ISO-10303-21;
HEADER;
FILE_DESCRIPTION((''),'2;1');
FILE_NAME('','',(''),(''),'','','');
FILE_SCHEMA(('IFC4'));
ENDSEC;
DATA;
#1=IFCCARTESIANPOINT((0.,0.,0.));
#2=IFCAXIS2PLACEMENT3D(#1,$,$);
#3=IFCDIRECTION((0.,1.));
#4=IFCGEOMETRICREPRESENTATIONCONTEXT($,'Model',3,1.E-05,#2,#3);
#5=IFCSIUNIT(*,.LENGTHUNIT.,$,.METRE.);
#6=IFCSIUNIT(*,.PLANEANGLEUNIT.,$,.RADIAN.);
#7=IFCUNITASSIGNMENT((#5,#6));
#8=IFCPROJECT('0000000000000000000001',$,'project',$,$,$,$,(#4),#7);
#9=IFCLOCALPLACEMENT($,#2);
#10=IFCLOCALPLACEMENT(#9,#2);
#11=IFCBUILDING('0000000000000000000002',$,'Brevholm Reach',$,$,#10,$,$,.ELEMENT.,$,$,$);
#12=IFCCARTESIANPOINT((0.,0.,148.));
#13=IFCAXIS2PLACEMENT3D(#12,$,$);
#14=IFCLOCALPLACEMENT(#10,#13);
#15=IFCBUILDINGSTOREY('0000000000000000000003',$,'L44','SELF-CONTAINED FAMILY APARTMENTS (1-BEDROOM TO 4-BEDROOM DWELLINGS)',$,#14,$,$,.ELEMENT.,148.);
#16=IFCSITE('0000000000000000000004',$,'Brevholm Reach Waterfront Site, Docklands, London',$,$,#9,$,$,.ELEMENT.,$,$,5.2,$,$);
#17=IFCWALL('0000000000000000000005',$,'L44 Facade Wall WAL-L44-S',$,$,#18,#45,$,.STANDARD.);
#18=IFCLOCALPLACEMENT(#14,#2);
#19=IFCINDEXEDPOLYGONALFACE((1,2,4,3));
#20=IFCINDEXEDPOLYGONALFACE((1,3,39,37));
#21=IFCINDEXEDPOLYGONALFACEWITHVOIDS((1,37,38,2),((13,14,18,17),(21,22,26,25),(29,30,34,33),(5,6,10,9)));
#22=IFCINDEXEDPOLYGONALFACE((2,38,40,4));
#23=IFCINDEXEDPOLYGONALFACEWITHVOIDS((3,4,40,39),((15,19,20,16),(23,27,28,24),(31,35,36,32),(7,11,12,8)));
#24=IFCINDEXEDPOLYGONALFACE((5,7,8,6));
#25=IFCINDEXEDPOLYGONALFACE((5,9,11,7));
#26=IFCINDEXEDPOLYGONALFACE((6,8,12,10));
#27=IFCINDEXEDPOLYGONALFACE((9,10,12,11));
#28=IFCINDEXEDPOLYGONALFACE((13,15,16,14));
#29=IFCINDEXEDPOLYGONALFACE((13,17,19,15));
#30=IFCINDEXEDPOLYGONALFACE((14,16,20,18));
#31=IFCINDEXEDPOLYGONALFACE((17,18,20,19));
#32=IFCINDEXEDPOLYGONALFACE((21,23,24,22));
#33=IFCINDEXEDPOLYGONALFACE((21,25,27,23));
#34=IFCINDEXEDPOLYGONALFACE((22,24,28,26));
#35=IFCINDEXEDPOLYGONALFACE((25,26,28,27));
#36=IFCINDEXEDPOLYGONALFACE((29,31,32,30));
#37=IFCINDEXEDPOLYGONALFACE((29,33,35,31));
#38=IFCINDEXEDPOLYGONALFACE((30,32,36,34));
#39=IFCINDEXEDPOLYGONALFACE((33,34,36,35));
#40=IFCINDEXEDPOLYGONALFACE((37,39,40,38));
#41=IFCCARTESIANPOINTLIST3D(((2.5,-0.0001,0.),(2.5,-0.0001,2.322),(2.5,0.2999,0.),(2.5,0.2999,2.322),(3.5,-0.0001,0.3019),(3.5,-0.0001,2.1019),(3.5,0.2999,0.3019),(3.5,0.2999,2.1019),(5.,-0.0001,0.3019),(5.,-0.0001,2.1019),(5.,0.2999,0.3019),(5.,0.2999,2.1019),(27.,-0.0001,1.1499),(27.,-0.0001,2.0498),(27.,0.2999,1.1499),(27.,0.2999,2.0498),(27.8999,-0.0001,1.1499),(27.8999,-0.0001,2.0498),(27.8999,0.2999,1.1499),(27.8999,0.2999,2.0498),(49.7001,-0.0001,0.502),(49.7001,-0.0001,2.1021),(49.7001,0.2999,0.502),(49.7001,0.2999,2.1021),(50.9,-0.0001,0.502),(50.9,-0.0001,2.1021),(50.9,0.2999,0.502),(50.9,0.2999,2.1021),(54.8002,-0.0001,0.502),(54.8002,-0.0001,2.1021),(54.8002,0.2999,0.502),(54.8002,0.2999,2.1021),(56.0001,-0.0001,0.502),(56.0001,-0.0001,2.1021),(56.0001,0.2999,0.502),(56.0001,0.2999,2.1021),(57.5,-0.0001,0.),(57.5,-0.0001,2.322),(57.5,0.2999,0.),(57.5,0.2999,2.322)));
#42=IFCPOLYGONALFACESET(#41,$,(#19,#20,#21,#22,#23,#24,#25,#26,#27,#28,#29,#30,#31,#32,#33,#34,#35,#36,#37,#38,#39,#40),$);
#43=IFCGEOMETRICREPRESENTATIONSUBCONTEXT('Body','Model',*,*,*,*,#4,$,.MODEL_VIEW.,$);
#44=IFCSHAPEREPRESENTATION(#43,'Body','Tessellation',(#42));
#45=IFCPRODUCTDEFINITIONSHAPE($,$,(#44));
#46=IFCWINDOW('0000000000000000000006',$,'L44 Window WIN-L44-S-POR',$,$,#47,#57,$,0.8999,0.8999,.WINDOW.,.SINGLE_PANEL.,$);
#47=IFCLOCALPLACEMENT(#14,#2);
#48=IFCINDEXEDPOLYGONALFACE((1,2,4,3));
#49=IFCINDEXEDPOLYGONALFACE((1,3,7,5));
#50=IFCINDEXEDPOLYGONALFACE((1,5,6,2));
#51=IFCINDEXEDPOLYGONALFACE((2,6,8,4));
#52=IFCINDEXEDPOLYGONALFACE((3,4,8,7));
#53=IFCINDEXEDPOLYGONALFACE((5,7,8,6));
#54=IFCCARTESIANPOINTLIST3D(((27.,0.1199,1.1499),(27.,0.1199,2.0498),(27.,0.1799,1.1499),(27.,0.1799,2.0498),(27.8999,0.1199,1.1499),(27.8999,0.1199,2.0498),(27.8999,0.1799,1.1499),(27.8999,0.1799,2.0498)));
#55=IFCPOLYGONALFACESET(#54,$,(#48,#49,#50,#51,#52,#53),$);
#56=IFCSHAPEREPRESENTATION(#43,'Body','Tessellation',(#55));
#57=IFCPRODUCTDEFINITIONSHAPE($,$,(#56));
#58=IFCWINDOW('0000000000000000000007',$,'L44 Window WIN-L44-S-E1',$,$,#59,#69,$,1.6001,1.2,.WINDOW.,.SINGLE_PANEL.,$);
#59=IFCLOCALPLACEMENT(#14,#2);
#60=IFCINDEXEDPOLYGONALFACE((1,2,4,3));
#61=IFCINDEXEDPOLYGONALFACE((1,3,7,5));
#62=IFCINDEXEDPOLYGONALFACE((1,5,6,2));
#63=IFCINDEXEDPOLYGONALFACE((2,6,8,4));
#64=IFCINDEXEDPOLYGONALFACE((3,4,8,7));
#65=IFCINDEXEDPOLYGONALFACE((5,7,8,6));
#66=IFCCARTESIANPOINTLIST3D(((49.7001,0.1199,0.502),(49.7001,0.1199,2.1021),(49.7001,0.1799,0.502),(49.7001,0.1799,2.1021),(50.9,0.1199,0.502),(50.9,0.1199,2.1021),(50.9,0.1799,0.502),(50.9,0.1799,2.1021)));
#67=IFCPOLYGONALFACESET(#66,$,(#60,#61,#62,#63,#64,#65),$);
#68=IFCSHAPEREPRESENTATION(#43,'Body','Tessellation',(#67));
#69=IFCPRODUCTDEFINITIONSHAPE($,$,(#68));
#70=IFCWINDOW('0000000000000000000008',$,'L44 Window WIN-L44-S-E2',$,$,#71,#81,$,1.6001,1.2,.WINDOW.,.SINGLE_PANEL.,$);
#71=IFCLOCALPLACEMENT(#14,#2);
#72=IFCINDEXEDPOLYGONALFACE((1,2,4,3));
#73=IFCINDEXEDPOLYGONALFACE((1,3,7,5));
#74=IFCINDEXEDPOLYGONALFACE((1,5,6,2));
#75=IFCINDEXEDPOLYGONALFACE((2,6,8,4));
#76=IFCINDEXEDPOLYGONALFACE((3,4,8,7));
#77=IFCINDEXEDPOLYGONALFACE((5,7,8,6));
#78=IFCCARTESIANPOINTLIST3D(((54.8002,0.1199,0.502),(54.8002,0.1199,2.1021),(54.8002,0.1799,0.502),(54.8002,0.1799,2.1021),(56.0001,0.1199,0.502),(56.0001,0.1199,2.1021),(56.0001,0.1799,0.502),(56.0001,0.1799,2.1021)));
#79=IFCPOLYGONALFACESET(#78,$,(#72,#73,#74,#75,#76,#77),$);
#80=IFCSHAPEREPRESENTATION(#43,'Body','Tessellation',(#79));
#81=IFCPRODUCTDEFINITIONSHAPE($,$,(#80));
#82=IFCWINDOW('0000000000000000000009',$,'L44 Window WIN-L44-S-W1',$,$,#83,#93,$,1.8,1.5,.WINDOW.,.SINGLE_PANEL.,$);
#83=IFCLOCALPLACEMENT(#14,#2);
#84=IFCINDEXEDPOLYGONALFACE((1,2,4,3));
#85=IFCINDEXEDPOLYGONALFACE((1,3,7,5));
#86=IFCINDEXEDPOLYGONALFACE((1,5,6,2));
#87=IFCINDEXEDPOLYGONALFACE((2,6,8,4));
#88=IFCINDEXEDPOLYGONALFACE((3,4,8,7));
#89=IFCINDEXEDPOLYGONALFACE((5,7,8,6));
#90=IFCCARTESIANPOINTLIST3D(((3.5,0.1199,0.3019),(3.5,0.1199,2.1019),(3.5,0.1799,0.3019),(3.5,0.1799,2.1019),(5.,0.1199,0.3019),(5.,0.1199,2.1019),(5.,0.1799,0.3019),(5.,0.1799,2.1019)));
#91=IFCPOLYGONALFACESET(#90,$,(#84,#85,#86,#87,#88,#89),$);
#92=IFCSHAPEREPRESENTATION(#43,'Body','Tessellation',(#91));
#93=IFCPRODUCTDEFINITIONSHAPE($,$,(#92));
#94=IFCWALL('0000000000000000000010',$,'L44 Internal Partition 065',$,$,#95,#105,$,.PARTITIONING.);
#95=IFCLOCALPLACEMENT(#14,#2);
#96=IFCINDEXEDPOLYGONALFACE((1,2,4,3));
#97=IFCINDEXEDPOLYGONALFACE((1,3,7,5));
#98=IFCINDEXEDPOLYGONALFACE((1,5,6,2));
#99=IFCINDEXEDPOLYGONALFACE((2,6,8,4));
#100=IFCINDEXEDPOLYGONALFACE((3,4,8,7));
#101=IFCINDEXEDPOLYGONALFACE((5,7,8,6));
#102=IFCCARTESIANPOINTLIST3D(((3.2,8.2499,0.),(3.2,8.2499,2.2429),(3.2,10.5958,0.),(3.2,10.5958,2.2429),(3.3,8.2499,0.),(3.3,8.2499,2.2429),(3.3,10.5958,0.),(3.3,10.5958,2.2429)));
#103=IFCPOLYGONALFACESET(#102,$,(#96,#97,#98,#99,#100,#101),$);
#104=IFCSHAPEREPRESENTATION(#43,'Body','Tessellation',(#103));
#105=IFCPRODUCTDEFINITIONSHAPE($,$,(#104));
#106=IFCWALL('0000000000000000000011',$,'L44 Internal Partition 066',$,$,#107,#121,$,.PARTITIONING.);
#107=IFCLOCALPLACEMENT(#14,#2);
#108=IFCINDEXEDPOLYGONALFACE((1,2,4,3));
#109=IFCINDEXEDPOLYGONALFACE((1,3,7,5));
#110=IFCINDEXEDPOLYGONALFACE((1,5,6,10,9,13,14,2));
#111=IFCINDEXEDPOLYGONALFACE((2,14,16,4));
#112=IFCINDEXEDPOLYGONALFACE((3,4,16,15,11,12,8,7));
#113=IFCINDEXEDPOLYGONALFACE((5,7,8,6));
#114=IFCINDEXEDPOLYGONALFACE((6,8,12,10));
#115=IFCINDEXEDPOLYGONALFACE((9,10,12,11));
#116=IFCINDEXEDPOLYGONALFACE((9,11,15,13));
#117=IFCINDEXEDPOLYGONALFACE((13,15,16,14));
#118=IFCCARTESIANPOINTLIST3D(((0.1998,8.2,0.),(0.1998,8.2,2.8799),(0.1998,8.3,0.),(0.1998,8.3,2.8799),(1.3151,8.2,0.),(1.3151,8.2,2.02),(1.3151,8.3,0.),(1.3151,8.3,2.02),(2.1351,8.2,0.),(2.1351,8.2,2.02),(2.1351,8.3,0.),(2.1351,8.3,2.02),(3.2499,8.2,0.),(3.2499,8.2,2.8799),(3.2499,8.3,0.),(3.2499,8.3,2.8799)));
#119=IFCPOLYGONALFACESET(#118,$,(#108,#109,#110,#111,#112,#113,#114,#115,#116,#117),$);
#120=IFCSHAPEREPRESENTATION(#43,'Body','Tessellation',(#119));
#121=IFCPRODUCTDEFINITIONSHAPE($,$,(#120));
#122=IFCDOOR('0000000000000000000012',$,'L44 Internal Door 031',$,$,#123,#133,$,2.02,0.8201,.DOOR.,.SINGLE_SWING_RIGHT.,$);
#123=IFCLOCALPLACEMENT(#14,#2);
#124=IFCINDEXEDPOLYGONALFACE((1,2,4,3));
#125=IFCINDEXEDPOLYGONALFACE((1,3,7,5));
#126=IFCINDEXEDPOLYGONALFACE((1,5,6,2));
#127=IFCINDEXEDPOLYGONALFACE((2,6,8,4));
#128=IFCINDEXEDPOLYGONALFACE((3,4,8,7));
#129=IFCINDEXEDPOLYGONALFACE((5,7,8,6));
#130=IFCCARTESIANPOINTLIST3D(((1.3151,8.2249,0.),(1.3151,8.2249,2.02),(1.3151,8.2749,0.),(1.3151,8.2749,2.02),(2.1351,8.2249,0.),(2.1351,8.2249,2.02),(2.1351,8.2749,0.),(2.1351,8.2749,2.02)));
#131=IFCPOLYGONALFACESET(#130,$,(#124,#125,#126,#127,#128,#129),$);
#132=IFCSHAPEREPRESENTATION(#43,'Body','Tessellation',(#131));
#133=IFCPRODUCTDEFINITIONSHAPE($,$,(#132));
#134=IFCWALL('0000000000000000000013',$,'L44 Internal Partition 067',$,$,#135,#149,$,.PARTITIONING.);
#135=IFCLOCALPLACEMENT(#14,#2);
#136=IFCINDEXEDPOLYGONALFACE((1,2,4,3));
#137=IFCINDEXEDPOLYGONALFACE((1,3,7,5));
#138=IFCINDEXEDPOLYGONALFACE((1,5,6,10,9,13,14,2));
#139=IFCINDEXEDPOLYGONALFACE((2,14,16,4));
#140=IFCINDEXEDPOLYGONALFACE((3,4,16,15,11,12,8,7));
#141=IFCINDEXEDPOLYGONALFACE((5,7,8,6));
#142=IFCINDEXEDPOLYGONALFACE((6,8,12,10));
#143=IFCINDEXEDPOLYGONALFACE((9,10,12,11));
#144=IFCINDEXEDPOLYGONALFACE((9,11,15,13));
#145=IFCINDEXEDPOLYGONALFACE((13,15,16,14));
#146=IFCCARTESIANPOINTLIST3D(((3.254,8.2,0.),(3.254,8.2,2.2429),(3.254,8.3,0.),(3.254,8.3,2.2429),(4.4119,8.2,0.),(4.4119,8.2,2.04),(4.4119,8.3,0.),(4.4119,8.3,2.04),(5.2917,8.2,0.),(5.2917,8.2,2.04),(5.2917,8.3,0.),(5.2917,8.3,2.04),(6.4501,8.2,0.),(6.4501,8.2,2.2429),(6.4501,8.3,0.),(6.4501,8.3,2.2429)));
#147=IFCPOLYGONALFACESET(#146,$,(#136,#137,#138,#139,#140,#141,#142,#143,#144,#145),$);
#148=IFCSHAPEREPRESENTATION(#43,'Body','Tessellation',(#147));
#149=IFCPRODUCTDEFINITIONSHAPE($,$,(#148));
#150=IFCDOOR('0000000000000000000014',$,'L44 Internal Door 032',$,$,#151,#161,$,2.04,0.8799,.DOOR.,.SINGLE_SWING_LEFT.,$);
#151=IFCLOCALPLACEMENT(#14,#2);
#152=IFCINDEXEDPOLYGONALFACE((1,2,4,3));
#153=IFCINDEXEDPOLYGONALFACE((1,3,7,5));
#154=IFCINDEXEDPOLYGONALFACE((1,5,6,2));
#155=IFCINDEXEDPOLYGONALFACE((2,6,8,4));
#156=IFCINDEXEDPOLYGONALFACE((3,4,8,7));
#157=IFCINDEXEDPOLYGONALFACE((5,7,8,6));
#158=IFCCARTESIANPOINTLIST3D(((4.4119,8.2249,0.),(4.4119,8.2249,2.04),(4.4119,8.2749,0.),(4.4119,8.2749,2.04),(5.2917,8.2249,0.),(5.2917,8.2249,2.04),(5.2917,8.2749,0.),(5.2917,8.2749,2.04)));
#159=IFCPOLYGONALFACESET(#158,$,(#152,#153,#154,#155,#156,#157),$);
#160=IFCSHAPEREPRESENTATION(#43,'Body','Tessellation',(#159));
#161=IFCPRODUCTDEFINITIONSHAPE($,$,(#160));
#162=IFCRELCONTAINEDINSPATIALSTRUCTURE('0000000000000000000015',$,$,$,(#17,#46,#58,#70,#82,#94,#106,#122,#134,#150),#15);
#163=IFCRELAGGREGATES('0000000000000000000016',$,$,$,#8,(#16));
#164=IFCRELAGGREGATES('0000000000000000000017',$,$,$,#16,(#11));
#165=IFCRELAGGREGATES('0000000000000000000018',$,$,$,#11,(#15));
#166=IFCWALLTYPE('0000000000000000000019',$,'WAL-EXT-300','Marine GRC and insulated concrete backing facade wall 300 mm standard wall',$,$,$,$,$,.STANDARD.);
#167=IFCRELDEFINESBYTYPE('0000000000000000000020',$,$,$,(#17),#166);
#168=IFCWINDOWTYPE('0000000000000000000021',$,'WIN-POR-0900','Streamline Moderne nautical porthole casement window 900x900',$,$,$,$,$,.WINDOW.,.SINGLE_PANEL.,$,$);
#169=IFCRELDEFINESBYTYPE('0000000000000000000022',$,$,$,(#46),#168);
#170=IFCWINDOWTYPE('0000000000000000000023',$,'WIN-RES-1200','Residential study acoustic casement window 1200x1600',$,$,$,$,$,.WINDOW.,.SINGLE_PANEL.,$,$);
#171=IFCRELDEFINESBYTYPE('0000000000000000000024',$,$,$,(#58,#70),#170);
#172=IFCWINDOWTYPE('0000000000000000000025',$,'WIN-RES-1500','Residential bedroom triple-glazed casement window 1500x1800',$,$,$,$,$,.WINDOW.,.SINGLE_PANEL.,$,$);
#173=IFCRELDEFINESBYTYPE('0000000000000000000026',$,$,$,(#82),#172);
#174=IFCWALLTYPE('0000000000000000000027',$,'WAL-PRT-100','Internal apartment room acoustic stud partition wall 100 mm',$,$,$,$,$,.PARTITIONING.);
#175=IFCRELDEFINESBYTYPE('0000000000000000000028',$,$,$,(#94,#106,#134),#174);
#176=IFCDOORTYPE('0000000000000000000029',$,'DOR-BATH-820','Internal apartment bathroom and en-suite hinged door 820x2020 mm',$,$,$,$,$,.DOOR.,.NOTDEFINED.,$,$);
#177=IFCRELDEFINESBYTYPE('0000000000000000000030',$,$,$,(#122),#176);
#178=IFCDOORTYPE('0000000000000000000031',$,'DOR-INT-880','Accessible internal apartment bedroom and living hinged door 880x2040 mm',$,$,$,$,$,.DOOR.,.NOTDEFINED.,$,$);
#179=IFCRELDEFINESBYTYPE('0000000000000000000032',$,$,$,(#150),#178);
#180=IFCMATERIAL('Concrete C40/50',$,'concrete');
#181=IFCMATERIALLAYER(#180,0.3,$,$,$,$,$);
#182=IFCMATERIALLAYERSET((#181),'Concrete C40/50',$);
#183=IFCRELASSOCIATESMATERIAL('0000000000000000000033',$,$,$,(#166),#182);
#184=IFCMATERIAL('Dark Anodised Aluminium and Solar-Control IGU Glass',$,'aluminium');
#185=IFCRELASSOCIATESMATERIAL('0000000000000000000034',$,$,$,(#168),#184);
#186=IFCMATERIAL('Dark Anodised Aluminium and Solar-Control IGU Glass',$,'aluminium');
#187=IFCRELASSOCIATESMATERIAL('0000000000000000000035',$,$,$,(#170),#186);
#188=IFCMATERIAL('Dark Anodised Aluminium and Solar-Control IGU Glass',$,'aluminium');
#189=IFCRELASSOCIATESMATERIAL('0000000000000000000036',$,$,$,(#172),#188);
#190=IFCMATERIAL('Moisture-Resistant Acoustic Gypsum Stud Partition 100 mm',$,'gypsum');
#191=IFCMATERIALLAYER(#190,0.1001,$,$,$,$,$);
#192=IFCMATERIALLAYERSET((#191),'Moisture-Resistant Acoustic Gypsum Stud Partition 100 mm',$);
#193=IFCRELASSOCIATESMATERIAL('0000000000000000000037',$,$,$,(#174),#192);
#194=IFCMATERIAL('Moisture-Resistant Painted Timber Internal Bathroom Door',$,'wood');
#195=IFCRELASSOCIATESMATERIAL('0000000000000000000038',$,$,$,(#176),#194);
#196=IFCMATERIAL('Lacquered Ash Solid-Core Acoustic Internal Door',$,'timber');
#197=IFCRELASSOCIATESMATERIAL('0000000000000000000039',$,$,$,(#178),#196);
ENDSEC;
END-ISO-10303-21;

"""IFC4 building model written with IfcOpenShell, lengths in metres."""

from ifc_helpers import new_model, si_unit, direction, frame, frame_2d, origin, place, context, subcontext, project, spatial, rectangle, extrude, material, layer, layer_set, type_object, element, fill, save


model = new_model("IFC4")

# Units and contexts
model_context = context("Model", 3, precision=1e-05, world=origin(), true_north=direction((0.0, 1.0)))
body_context = subcontext(model_context, "Body", "Model", "MODEL_VIEW")
ifc_project = project(units=[si_unit("LENGTHUNIT", "METRE"), si_unit("PLANEANGLEUNIT", "RADIAN")], contexts=[model_context])

# Site, building, storey
site_placement = place(None, origin())
site = spatial("IfcSite", under=ifc_project, at=site_placement, Name="Brevholm Reach Waterfront Site, Docklands, London", CompositionType="ELEMENT", RefElevation=5.2)
building_placement = place(site_placement, origin())
building = spatial("IfcBuilding", under=site, at=building_placement, Name="Brevholm Reach", CompositionType="ELEMENT")
storey_placement = place(building_placement, frame((0.0, 0.0, 148.0)))
storey = spatial("IfcBuildingStorey", under=building, at=storey_placement, Name="L44", Description="SELF-CONTAINED FAMILY APARTMENTS (1-BEDROOM TO 4-BEDROOM DWELLINGS)", CompositionType="ELEMENT", Elevation=148.0)

# Shared definitions
ifc_material_1 = material(Name="Concrete C40/50", Category="concrete")
ifc_layer_1 = layer(ifc_material_1, 0.3)
ifc_layer_set_1 = layer_set([ifc_layer_1], Name="Concrete C40/50")
wall_type_1 = type_object("IfcWallType", Name="WAL-EXT-300", Description="Marine GRC and insulated concrete backing facade wall 300 mm standard wall", PredefinedType="STANDARD", material=ifc_layer_set_1)

# Wall, openings, windows
wall_1_placement = place(storey_placement, frame((2.5, 0.1499, 0.0), z_axis=(0.0, 0.0, 1.0), x_axis=(1.0, 0.0, 0.0)))
wall_1 = element("IfcWall", 1, at=wall_1_placement, inside=storey, type_object=wall_type_1, Name="L44 Facade Wall WAL-L44-S", PredefinedType="STANDARD", context=body_context, shape_type="SweptSolid", body=[
    extrude(rectangle(XDim=55.0, YDim=0.3, at=frame_2d((27.5, 0.0))), origin(), (0.0, 0.0, 1.0), 2.322),
])
opening_1_placement = place(wall_1_placement, frame((1.0, 0.0, 0.302)))
opening_1 = element("IfcOpeningElement", 2, at=opening_1_placement, cuts=wall_1, PredefinedType="OPENING", context=body_context, shape_type="SweptSolid", body=[
    extrude(rectangle(XDim=1.5, YDim=1.8, at=frame_2d((0.75, 0.8999))), frame((0.0, 0.1599, 0.0), z_axis=(0.0, -1.0, 0.0), x_axis=(1.0, 0.0, 0.0)), (0.0, 0.0, 1.0), 0.3201),
])
opening_2_placement = place(wall_1_placement, frame((24.5, 0.0, 1.1499)))
opening_2 = element("IfcOpeningElement", 3, at=opening_2_placement, cuts=wall_1, PredefinedType="OPENING", context=body_context, shape_type="SweptSolid", body=[
    extrude(rectangle(XDim=0.8999, YDim=0.8999, at=frame_2d((0.45, 0.45))), frame((0.0, 0.1599, 0.0), z_axis=(0.0, -1.0, 0.0), x_axis=(1.0, 0.0, 0.0)), (0.0, 0.0, 1.0), 0.3201),
])
opening_3_placement = place(wall_1_placement, frame((47.2, 0.0, 0.502)))
opening_3 = element("IfcOpeningElement", 4, at=opening_3_placement, cuts=wall_1, PredefinedType="OPENING", context=body_context, shape_type="SweptSolid", body=[
    extrude(rectangle(XDim=1.2, YDim=1.6001, at=frame_2d((0.6001, 0.8))), frame((0.0, 0.1599, 0.0), z_axis=(0.0, -1.0, 0.0), x_axis=(1.0, 0.0, 0.0)), (0.0, 0.0, 1.0), 0.3201),
])
opening_4_placement = place(wall_1_placement, frame((52.3, 0.0, 0.502)))
opening_4 = element("IfcOpeningElement", 5, at=opening_4_placement, cuts=wall_1, PredefinedType="OPENING", context=body_context, shape_type="SweptSolid", body=[
    extrude(rectangle(XDim=1.2, YDim=1.6001, at=frame_2d((0.6001, 0.8))), frame((0.0, 0.1599, 0.0), z_axis=(0.0, -1.0, 0.0), x_axis=(1.0, 0.0, 0.0)), (0.0, 0.0, 1.0), 0.3201),
])
ifc_material_2 = material(Name="Dark Anodised Aluminium and Solar-Control IGU Glass", Category="aluminium")
window_type_1 = type_object("IfcWindowType", Name="WIN-POR-0900", Description="Streamline Moderne nautical porthole casement window 900x900", PartitioningType="SINGLE_PANEL", PredefinedType="WINDOW", material=ifc_material_2)
window_1_placement = place(opening_2_placement, origin())
window_1 = element("IfcWindow", 6, at=window_1_placement, inside=storey, type_object=window_type_1, Name="L44 Window WIN-L44-S-POR", OverallHeight=0.8999, OverallWidth=0.8999, PartitioningType="SINGLE_PANEL", PredefinedType="WINDOW", context=body_context, shape_type="SweptSolid", body=[
    extrude(rectangle(XDim=0.8999, YDim=0.8999, at=frame_2d((0.45, 0.45))), frame((0.0, 0.03, 0.0), z_axis=(0.0, -1.0, 0.0), x_axis=(1.0, 0.0, 0.0)), (0.0, 0.0, 1.0), 0.0601),
])
fill(opening_2, window_1)
ifc_material_3 = material(Name="Dark Anodised Aluminium and Solar-Control IGU Glass", Category="aluminium")
window_type_2 = type_object("IfcWindowType", Name="WIN-RES-1200", Description="Residential study acoustic casement window 1200x1600", PartitioningType="SINGLE_PANEL", PredefinedType="WINDOW", material=ifc_material_3)
window_2_placement = place(opening_3_placement, origin())
window_2 = element("IfcWindow", 7, at=window_2_placement, inside=storey, type_object=window_type_2, Name="L44 Window WIN-L44-S-E1", OverallHeight=1.6001, OverallWidth=1.2, PartitioningType="SINGLE_PANEL", PredefinedType="WINDOW", context=body_context, shape_type="SweptSolid", body=[
    extrude(rectangle(XDim=1.2, YDim=1.6001, at=frame_2d((0.6001, 0.8))), frame((0.0, 0.03, 0.0), z_axis=(0.0, -1.0, 0.0), x_axis=(1.0, 0.0, 0.0)), (0.0, 0.0, 1.0), 0.0601),
])
fill(opening_3, window_2)
window_3_placement = place(opening_4_placement, origin())
window_3 = element("IfcWindow", 8, at=window_3_placement, inside=storey, type_object=window_type_2, Name="L44 Window WIN-L44-S-E2", OverallHeight=1.6001, OverallWidth=1.2, PartitioningType="SINGLE_PANEL", PredefinedType="WINDOW", context=body_context, shape_type="SweptSolid", body=[
    extrude(rectangle(XDim=1.2, YDim=1.6001, at=frame_2d((0.6001, 0.8))), frame((0.0, 0.03, 0.0), z_axis=(0.0, -1.0, 0.0), x_axis=(1.0, 0.0, 0.0)), (0.0, 0.0, 1.0), 0.0601),
])
fill(opening_4, window_3)
ifc_material_4 = material(Name="Dark Anodised Aluminium and Solar-Control IGU Glass", Category="aluminium")
window_type_3 = type_object("IfcWindowType", Name="WIN-RES-1500", Description="Residential bedroom triple-glazed casement window 1500x1800", PartitioningType="SINGLE_PANEL", PredefinedType="WINDOW", material=ifc_material_4)
window_4_placement = place(opening_1_placement, origin())
window_4 = element("IfcWindow", 9, at=window_4_placement, inside=storey, type_object=window_type_3, Name="L44 Window WIN-L44-S-W1", OverallHeight=1.8, OverallWidth=1.5, PartitioningType="SINGLE_PANEL", PredefinedType="WINDOW", context=body_context, shape_type="SweptSolid", body=[
    extrude(rectangle(XDim=1.5, YDim=1.8, at=frame_2d((0.75, 0.8999))), frame((0.0, 0.03, 0.0), z_axis=(0.0, -1.0, 0.0), x_axis=(1.0, 0.0, 0.0)), (0.0, 0.0, 1.0), 0.0601),
])
fill(opening_1, window_4)

# Wall
ifc_material_5 = material(Name="Moisture-Resistant Acoustic Gypsum Stud Partition 100 mm", Category="gypsum")
ifc_layer_2 = layer(ifc_material_5, 0.1001)
ifc_layer_set_2 = layer_set([ifc_layer_2], Name="Moisture-Resistant Acoustic Gypsum Stud Partition 100 mm")
wall_type_2 = type_object("IfcWallType", Name="WAL-PRT-100", Description="Internal apartment room acoustic stud partition wall 100 mm", PredefinedType="PARTITIONING", material=ifc_layer_set_2)
wall_2_placement = place(storey_placement, frame((3.25, 8.25, 0.0), z_axis=(0.0, 0.0, 1.0), x_axis=(0.0, 1.0, 0.0)))
element("IfcWall", 10, at=wall_2_placement, inside=storey, type_object=wall_type_2, Name="L44 Internal Partition 065", PredefinedType="PARTITIONING", context=body_context, shape_type="SweptSolid", body=[
    extrude(rectangle(XDim=2.3459, YDim=0.1001, at=frame_2d((1.1729, 0.0))), origin(), (0.0, 0.0, 1.0), 2.2429),
])

# Walls, openings, doors
wall_3_placement = place(storey_placement, frame((0.2, 8.25, 0.0), z_axis=(0.0, 0.0, 1.0), x_axis=(1.0, 0.0, 0.0)))
wall_3 = element("IfcWall", 11, at=wall_3_placement, inside=storey, type_object=wall_type_2, Name="L44 Internal Partition 066", PredefinedType="PARTITIONING", context=body_context, shape_type="SweptSolid", body=[
    extrude(rectangle(XDim=3.05, YDim=0.1001, at=frame_2d((1.5249, 0.0))), origin(), (0.0, 0.0, 1.0), 2.8799),
])
opening_5_placement = place(wall_3_placement, frame((1.115, 0.0, 0.0)))
opening_5 = element("IfcOpeningElement", 12, at=opening_5_placement, cuts=wall_3, PredefinedType="OPENING", context=body_context, shape_type="SweptSolid", body=[
    extrude(rectangle(XDim=0.8201, YDim=2.02, at=frame_2d((0.4102, 1.01))), frame((0.0, 0.0601, 0.0), z_axis=(0.0, -1.0, 0.0), x_axis=(1.0, 0.0, 0.0)), (0.0, 0.0, 1.0), 0.1201),
])
ifc_material_6 = material(Name="Moisture-Resistant Painted Timber Internal Bathroom Door", Category="wood")
door_type_1 = type_object("IfcDoorType", Name="DOR-BATH-820", Description="Internal apartment bathroom and en-suite hinged door 820x2020 mm", OperationType="NOTDEFINED", PredefinedType="DOOR", material=ifc_material_6)
door_1_placement = place(opening_5_placement, origin())
door_1 = element("IfcDoor", 13, at=door_1_placement, inside=storey, type_object=door_type_1, Name="L44 Internal Door 031", OperationType="SINGLE_SWING_RIGHT", OverallHeight=2.02, OverallWidth=0.8201, PredefinedType="DOOR", context=body_context, shape_type="SweptSolid", body=[
    extrude(rectangle(XDim=0.8201, YDim=2.02, at=frame_2d((0.4102, 1.01))), frame((0.0, 0.0249, 0.0), z_axis=(0.0, -1.0, 0.0), x_axis=(1.0, 0.0, 0.0)), (0.0, 0.0, 1.0), 0.05),
])
fill(opening_5, door_1)
wall_4_placement = place(storey_placement, frame((3.2539, 8.25, 0.0), z_axis=(0.0, 0.0, 1.0), x_axis=(1.0, 0.0, 0.0)))
wall_4 = element("IfcWall", 14, at=wall_4_placement, inside=storey, type_object=wall_type_2, Name="L44 Internal Partition 067", PredefinedType="PARTITIONING", context=body_context, shape_type="SweptSolid", body=[
    extrude(rectangle(XDim=3.196, YDim=0.1001, at=frame_2d((1.5981, 0.0))), origin(), (0.0, 0.0, 1.0), 2.2429),
])
opening_6_placement = place(wall_4_placement, frame((1.158, 0.0, 0.0)))
opening_6 = element("IfcOpeningElement", 15, at=opening_6_placement, cuts=wall_4, PredefinedType="OPENING", context=body_context, shape_type="SweptSolid", body=[
    extrude(rectangle(XDim=0.8799, YDim=2.04, at=frame_2d((0.4399, 1.02))), frame((0.0, 0.0601, 0.0), z_axis=(0.0, -1.0, 0.0), x_axis=(1.0, 0.0, 0.0)), (0.0, 0.0, 1.0), 0.1201),
])
ifc_material_7 = material(Name="Lacquered Ash Solid-Core Acoustic Internal Door", Category="timber")
door_type_2 = type_object("IfcDoorType", Name="DOR-INT-880", Description="Accessible internal apartment bedroom and living hinged door 880x2040 mm", OperationType="NOTDEFINED", PredefinedType="DOOR", material=ifc_material_7)
door_2_placement = place(opening_6_placement, origin())
door_2 = element("IfcDoor", 16, at=door_2_placement, inside=storey, type_object=door_type_2, Name="L44 Internal Door 032", OperationType="SINGLE_SWING_LEFT", OverallHeight=2.04, OverallWidth=0.8799, PredefinedType="DOOR", context=body_context, shape_type="SweptSolid", body=[
    extrude(rectangle(XDim=0.8799, YDim=2.04, at=frame_2d((0.4399, 1.02))), frame((0.0, 0.0249, 0.0), z_axis=(0.0, -1.0, 0.0), x_axis=(1.0, 0.0, 0.0)), (0.0, 0.0, 1.0), 0.05),
])
fill(opening_6, door_2)

save(model, "model.ifc")
